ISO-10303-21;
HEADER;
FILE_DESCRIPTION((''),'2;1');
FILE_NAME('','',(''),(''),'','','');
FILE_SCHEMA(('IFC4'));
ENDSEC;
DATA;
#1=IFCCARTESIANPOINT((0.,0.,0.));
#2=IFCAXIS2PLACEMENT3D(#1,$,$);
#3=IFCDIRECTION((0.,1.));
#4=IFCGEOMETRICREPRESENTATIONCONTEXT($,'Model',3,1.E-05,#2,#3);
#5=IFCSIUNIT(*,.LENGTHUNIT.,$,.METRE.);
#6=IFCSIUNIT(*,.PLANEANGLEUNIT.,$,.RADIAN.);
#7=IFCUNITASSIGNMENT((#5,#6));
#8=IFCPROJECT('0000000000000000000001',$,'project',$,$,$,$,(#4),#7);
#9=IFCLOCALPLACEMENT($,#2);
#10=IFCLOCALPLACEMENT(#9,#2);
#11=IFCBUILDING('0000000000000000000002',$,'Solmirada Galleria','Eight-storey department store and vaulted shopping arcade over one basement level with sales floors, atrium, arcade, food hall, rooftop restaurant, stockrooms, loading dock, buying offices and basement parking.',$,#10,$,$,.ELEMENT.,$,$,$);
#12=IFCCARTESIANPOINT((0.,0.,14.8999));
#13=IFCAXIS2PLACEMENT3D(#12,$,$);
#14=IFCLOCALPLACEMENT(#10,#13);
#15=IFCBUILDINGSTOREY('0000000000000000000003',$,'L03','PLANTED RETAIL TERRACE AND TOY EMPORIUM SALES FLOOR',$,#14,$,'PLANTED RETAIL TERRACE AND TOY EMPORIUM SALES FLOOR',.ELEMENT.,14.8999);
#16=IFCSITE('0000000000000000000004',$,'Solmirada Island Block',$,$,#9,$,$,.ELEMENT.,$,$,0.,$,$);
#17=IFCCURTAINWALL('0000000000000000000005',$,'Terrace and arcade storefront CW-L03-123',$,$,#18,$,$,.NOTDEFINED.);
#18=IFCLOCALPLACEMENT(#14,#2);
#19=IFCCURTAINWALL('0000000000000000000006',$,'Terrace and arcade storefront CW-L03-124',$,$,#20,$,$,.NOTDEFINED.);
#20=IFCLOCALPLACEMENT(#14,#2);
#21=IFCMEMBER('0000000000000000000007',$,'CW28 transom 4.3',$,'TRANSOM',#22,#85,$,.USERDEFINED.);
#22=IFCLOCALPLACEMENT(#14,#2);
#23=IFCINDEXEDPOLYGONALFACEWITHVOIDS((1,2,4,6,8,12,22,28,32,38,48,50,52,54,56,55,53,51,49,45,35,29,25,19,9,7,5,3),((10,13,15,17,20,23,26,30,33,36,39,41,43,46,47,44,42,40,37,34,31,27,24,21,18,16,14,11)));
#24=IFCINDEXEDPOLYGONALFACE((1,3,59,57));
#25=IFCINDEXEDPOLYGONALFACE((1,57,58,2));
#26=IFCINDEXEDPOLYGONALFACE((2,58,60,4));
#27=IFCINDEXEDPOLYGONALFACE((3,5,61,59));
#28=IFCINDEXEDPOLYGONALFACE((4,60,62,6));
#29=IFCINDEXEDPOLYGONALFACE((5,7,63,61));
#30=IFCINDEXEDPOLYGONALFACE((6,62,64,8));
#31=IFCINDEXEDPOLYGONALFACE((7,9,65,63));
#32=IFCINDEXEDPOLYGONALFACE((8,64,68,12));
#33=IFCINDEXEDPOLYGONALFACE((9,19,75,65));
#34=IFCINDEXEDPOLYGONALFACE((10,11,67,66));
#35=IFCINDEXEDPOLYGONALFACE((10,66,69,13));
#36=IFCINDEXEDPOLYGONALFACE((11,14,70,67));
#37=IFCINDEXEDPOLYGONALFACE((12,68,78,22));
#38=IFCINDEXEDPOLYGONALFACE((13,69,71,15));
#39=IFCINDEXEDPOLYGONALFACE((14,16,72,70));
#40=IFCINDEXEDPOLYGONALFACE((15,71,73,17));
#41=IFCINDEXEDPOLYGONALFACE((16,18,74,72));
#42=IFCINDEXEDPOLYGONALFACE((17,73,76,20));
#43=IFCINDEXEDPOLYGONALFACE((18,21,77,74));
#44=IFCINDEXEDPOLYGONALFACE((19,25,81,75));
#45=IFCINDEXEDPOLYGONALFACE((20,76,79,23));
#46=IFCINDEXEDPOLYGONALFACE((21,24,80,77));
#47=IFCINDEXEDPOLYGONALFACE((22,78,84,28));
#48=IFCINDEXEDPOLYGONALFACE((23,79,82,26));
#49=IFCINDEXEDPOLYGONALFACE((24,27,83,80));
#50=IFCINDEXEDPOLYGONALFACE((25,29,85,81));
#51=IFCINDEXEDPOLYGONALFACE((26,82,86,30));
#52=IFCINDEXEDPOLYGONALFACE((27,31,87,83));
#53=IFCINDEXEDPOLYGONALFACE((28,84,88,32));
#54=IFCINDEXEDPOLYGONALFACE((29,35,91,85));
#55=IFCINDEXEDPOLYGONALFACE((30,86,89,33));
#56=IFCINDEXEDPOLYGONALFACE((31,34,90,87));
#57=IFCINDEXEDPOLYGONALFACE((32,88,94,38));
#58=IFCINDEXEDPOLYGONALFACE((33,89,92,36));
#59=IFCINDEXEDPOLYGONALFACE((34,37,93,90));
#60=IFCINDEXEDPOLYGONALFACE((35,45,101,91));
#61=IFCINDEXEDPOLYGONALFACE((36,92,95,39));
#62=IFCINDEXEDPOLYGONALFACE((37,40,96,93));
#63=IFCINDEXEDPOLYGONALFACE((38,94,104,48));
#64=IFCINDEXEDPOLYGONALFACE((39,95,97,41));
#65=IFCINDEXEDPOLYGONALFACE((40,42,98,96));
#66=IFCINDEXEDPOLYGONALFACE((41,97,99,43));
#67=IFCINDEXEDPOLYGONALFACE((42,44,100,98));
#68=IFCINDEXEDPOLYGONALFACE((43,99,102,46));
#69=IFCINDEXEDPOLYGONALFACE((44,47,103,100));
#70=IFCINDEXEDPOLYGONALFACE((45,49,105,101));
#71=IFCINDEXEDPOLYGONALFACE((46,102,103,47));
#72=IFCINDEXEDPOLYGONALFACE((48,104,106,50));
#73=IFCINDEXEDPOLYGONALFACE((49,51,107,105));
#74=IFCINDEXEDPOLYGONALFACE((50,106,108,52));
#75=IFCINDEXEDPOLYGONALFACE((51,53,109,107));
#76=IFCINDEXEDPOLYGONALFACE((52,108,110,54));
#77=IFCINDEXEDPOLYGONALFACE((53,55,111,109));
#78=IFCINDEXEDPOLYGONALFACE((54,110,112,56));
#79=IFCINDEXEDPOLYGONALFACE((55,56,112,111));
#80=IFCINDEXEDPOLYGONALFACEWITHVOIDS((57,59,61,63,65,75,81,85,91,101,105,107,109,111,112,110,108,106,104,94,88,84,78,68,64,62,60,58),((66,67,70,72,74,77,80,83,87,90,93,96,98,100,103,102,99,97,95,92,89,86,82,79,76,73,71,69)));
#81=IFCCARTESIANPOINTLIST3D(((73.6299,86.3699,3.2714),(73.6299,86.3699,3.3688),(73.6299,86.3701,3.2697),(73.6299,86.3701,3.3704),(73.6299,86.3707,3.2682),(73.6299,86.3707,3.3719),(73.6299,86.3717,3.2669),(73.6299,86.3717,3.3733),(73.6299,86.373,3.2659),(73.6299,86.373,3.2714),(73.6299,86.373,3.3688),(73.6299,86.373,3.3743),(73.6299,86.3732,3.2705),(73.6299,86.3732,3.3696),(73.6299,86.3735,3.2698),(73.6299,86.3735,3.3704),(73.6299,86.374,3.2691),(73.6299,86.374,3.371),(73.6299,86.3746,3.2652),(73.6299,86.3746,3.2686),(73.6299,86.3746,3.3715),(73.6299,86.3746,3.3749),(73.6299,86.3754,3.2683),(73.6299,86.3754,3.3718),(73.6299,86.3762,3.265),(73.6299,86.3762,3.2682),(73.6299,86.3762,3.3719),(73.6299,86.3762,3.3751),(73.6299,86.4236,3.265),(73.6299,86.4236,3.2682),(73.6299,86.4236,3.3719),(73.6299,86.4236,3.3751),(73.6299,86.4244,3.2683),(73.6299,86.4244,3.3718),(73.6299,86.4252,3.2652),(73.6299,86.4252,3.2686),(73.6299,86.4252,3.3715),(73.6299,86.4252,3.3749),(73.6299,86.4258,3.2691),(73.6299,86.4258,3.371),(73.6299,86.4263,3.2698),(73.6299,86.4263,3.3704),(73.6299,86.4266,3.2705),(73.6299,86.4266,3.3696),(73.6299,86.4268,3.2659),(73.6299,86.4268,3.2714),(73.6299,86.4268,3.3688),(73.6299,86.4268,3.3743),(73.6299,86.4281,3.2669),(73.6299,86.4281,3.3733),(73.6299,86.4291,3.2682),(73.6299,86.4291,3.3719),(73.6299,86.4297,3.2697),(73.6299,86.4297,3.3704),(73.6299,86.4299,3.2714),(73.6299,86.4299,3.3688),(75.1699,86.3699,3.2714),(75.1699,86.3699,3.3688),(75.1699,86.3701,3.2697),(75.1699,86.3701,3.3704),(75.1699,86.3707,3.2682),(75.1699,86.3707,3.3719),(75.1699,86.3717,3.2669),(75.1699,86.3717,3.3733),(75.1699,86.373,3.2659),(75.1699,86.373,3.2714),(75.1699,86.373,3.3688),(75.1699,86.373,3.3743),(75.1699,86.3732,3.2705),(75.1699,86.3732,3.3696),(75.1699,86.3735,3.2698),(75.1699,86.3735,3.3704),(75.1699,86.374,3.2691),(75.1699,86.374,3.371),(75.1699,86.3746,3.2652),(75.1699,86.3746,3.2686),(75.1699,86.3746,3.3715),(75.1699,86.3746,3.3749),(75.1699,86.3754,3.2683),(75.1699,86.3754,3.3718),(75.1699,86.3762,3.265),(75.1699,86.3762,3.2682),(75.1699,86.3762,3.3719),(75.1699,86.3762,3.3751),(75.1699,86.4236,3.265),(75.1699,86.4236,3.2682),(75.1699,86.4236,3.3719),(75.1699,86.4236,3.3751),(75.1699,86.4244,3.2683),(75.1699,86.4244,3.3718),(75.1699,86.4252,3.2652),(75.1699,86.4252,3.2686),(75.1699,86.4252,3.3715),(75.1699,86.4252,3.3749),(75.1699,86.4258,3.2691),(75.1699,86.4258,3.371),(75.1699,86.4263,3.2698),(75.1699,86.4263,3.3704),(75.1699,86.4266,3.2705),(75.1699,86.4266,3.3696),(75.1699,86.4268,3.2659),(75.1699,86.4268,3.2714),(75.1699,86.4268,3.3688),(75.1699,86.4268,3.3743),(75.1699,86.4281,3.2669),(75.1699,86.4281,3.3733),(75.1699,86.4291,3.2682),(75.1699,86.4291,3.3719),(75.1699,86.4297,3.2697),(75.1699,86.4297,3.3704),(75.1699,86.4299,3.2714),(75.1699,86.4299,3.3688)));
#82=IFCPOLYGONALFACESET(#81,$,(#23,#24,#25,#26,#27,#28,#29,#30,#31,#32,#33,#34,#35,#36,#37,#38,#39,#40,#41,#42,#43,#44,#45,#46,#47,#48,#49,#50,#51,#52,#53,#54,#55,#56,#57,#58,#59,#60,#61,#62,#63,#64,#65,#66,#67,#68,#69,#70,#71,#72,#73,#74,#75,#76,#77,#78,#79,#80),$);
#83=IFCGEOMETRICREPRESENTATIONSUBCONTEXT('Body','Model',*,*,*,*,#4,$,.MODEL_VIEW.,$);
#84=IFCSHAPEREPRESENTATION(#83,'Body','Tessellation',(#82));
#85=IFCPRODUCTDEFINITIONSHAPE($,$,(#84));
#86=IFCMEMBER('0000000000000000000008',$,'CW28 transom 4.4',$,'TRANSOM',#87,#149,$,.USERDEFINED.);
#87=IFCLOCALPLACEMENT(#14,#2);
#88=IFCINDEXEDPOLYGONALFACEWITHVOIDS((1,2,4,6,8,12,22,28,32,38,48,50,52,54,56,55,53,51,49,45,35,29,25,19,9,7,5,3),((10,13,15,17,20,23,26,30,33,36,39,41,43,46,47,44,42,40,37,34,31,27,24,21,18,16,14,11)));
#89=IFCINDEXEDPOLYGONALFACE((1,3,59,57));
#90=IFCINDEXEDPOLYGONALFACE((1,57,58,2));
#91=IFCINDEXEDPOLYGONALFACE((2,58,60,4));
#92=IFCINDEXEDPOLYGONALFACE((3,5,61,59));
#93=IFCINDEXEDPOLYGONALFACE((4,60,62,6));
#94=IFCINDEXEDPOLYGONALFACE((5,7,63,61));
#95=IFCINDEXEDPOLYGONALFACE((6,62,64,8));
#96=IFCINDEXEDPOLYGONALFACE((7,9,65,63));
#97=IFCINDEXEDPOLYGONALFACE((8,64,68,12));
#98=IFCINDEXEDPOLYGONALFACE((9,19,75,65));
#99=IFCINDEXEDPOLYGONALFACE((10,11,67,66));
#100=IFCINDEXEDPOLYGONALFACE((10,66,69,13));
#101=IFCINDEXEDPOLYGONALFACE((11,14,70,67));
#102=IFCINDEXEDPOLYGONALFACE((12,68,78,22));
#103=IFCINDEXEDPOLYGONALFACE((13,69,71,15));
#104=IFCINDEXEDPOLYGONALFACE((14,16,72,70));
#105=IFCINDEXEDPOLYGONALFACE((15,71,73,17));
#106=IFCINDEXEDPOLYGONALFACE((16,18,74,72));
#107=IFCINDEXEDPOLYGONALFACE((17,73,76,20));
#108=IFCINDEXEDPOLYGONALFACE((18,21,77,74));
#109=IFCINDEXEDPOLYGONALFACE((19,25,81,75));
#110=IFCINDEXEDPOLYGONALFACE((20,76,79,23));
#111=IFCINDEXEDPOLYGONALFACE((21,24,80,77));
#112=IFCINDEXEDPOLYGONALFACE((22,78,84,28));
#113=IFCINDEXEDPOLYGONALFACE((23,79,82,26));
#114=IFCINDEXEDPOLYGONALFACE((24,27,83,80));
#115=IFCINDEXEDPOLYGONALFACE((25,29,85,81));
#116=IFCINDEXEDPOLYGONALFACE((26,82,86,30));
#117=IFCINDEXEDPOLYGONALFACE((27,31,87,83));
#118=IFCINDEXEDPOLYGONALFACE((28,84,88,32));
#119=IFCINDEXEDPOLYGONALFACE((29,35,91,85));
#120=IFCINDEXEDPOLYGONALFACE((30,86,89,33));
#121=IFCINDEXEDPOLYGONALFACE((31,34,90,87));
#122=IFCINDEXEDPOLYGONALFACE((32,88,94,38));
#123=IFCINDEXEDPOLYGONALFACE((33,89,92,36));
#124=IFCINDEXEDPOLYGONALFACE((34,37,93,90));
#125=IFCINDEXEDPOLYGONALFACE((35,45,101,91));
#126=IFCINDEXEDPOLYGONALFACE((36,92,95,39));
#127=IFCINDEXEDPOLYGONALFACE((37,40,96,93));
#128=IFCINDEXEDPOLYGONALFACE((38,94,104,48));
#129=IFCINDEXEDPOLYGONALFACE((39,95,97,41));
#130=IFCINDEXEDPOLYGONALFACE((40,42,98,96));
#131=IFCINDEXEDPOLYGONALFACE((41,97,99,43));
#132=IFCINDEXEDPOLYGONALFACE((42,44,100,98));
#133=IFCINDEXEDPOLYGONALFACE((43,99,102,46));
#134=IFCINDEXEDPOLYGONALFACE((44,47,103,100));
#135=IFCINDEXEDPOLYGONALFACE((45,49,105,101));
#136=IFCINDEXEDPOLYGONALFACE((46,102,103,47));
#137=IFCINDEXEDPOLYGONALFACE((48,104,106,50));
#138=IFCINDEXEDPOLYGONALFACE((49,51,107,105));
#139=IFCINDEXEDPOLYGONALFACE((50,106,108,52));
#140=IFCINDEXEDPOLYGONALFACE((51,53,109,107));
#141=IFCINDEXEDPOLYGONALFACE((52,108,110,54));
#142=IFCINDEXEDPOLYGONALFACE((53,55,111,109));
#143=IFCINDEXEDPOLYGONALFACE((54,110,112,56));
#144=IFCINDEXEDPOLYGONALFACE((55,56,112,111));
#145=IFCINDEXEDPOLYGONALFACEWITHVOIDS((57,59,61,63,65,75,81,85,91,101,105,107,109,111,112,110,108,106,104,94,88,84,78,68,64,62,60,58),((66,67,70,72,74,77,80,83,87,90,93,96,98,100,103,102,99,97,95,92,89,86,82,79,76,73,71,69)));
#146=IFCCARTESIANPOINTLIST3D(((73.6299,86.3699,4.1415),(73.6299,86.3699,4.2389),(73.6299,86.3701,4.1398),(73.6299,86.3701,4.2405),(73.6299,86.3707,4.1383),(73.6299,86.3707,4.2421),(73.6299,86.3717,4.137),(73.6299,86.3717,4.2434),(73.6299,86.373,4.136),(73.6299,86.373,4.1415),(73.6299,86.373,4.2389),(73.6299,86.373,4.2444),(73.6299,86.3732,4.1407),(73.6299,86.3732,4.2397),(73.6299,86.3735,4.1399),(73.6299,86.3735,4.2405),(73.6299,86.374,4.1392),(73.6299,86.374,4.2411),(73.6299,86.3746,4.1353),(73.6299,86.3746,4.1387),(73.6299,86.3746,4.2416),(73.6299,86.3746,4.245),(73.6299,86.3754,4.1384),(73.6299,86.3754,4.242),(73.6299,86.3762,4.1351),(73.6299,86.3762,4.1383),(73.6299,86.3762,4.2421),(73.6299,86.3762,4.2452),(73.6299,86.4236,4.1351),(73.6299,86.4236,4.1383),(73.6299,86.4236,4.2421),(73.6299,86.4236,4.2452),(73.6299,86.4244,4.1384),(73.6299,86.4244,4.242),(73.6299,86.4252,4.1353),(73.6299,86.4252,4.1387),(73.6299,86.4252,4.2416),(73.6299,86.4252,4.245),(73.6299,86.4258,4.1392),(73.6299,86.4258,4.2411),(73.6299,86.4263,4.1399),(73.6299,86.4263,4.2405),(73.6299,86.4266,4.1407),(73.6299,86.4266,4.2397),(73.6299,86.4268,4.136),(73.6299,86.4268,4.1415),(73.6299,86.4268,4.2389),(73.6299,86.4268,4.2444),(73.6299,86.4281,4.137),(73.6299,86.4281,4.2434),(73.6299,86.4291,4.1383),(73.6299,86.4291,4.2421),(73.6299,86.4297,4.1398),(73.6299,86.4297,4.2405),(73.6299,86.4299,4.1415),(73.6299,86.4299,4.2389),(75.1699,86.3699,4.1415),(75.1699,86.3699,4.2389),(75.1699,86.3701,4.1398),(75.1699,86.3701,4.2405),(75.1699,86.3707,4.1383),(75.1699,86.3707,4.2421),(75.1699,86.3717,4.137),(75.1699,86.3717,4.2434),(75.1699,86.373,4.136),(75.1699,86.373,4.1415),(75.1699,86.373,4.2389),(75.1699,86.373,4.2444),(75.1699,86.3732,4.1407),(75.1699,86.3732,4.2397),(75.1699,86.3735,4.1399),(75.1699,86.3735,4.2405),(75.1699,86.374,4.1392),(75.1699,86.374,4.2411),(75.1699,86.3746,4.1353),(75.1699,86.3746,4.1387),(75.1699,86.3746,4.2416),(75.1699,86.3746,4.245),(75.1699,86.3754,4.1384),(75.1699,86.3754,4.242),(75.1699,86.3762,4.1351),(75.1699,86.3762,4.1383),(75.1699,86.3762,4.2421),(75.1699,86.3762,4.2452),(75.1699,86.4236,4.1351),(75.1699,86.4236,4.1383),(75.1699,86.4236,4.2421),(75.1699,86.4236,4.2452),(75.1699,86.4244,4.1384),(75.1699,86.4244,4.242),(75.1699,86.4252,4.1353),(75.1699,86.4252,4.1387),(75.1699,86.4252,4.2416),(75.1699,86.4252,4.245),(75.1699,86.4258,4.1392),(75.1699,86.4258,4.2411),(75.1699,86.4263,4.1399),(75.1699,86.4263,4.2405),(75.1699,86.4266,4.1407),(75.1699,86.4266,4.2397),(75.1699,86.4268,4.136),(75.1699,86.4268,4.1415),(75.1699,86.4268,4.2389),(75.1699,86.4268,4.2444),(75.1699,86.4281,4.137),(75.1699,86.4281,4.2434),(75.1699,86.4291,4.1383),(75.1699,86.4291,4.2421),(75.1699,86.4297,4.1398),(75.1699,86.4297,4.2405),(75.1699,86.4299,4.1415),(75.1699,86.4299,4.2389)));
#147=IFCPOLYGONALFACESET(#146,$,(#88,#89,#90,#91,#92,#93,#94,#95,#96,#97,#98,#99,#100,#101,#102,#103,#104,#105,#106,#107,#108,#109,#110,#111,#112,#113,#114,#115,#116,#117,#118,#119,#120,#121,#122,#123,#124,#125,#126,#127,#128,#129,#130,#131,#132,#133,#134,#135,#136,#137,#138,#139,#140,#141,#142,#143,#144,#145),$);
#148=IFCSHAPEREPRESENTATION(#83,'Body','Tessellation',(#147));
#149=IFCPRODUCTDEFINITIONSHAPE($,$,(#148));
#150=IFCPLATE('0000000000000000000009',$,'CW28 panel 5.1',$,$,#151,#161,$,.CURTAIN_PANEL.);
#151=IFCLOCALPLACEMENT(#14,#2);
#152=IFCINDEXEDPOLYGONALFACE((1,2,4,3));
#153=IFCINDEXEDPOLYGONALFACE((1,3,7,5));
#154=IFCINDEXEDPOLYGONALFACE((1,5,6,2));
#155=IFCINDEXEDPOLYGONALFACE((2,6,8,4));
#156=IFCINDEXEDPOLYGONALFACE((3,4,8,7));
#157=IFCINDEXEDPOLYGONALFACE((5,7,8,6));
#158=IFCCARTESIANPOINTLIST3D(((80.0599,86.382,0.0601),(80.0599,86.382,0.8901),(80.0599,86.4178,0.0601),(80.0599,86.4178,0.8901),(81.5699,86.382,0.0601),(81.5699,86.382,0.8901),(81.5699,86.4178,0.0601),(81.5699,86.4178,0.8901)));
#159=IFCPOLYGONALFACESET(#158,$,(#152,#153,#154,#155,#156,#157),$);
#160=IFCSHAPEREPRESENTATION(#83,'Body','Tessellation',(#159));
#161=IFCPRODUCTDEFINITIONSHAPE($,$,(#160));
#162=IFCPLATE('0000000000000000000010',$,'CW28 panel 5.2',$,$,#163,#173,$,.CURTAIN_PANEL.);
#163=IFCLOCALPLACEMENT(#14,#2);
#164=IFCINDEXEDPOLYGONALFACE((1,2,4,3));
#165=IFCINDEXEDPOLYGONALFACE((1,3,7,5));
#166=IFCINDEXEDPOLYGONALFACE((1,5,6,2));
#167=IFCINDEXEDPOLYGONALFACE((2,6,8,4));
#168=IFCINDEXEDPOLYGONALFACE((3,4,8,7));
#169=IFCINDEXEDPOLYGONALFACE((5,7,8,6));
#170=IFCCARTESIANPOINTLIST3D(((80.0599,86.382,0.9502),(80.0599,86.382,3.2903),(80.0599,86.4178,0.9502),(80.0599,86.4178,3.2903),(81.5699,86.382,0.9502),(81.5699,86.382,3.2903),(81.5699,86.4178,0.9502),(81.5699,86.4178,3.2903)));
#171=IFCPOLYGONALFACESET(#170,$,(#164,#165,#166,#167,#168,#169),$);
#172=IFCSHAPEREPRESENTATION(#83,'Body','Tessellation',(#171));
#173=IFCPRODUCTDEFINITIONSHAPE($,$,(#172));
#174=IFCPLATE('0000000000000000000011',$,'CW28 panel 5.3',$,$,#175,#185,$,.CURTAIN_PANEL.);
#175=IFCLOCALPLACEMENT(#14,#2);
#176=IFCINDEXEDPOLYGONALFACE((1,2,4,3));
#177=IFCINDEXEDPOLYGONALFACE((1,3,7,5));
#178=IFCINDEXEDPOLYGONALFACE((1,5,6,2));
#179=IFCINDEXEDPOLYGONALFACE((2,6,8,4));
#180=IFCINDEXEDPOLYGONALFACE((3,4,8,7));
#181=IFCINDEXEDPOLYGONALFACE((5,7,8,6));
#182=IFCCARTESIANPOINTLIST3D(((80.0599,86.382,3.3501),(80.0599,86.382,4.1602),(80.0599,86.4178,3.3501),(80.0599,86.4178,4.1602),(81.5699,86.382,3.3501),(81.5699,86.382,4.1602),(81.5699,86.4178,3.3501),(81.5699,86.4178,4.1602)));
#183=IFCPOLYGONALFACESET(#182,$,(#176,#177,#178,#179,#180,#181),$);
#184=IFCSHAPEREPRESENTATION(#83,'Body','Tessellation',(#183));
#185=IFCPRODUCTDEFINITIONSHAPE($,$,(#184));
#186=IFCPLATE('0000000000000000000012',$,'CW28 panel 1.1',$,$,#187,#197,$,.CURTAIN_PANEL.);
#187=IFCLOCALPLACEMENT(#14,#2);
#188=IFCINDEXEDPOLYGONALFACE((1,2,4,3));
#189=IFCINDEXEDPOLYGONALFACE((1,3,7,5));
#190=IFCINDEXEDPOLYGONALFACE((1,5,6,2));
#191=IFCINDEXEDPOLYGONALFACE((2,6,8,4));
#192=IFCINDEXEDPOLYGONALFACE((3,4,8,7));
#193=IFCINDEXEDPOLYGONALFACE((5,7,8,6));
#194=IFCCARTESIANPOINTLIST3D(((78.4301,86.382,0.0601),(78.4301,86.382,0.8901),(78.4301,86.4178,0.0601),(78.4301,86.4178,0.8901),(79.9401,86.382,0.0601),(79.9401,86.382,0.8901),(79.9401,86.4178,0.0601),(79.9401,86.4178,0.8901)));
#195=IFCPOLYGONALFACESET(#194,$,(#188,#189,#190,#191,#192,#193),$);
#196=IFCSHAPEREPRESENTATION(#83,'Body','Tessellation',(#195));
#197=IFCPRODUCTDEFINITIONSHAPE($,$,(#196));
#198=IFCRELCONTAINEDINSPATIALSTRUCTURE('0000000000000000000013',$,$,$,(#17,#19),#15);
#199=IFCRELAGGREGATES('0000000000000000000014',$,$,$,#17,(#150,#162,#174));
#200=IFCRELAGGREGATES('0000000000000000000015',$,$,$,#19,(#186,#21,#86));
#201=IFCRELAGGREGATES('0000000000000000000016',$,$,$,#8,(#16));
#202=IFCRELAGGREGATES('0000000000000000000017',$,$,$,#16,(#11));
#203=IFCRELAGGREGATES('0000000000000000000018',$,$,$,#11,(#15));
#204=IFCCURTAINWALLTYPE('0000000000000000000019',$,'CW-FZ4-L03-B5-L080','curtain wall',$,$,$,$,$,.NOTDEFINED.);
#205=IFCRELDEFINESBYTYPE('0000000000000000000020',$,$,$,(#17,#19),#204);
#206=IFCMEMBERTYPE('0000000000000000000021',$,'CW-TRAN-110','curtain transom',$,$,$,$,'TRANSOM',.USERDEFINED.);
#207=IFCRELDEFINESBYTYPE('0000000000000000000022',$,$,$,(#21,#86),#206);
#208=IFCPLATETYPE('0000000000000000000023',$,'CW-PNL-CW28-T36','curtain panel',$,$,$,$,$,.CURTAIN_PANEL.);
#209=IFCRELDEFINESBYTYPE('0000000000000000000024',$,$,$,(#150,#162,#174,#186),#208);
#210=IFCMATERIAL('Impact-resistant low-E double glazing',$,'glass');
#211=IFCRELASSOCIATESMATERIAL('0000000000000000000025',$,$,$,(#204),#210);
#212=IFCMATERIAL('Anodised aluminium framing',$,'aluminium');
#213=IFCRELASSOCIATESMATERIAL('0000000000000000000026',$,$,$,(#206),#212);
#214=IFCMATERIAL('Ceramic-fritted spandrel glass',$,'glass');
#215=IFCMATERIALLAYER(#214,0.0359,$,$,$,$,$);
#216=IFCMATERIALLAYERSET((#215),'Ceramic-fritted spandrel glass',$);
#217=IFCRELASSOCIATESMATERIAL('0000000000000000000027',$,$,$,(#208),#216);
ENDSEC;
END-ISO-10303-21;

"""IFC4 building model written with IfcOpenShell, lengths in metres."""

from ifc_helpers import new_model, si_unit, direction, frame, origin, origin_2d, place, context, subcontext, project, spatial, rectangle, hollow_rectangle, extrude, material, layer, layer_set, material_profile, profile_set, type_object, element, aggregate, save


model = new_model("IFC4")

# Units and contexts
model_context = context("Model", 3, precision=1e-05, world=origin(), true_north=direction((0.0, 1.0)))
body_context = subcontext(model_context, "Body", "Model", "MODEL_VIEW")
ifc_project = project(units=[si_unit("LENGTHUNIT", "METRE"), si_unit("PLANEANGLEUNIT", "RADIAN")], contexts=[model_context])

# Site, building, storey
site_placement = place(None, origin())
site = spatial("IfcSite", under=ifc_project, at=site_placement, Name="Solmirada Island Block", CompositionType="ELEMENT", RefElevation=0.0)
building_placement = place(site_placement, origin())
building = spatial("IfcBuilding", under=site, at=building_placement, Name="Solmirada Galleria", Description="Eight-storey department store and vaulted shopping arcade over one basement level with sales floors, atrium, arcade, food hall, rooftop restaurant, stockrooms, loading dock, buying offices and basement parking.", CompositionType="ELEMENT")
storey_placement = place(building_placement, frame((0.0, 0.0, 14.8999)))
storey = spatial("IfcBuildingStorey", under=building, at=storey_placement, Name="L03", Description="PLANTED RETAIL TERRACE AND TOY EMPORIUM SALES FLOOR", LongName="PLANTED RETAIL TERRACE AND TOY EMPORIUM SALES FLOOR", CompositionType="ELEMENT", Elevation=14.8999)

# Curtain wall
ifc_material_1 = material(Name="Impact-resistant low-E double glazing", Category="glass")
curtain_wall_type = type_object("IfcCurtainWallType", Name="CW-FZ4-L03-B5-L080", Description="curtain wall", PredefinedType="NOTDEFINED", material=ifc_material_1)
curtain_wall_1_placement = place(storey_placement, origin())
curtain_wall_1 = element("IfcCurtainWall", 1, at=curtain_wall_1_placement, inside=storey, type_object=curtain_wall_type, Name="Terrace and arcade storefront CW-L03-123", PredefinedType="NOTDEFINED")
ifc_material_2 = material(Name="Anodised aluminium framing", Category="aluminium")

# Curtain wall, members
curtain_wall_2_placement = place(storey_placement, origin())
curtain_wall_2 = element("IfcCurtainWall", 2, at=curtain_wall_2_placement, inside=storey, type_object=curtain_wall_type, Name="Terrace and arcade storefront CW-L03-124", PredefinedType="NOTDEFINED")
ifc_material_profile_1 = material_profile(ifc_material_2, hollow_rectangle(XDim=0.0601, YDim=0.1101, WallThickness=0.0032, InnerFilletRadius=0.0032, OuterFilletRadius=0.0063, at=origin_2d()), Name="ALU-TRAN-110X60")
ifc_profile_set_1 = profile_set([ifc_material_profile_1], Name="Anodised aluminium framing")
member_type_1 = type_object("IfcMemberType", Name="CW-TRAN-110", Description="curtain transom", ElementType="TRANSOM", PredefinedType="USERDEFINED", material=ifc_profile_set_1)
member_1_placement = place(storey_placement, frame((75.1699, 86.3999, 3.3201), z_axis=(-1.0, 0.0, 0.0), x_axis=(0.0, -1.0, 0.0)))
member_1 = element("IfcMember", 3, at=member_1_placement, type_object=member_type_1, Name="CW28 transom 4.3", ObjectType="TRANSOM", PredefinedType="USERDEFINED", context=body_context, shape_type="SweptSolid", body=[
    extrude(hollow_rectangle(XDim=0.0601, YDim=0.1101, WallThickness=0.0032, InnerFilletRadius=0.0032, OuterFilletRadius=0.0063, at=origin_2d()), origin(), (0.0, 0.0, 1.0), 1.54),
])
member_2_placement = place(storey_placement, frame((75.1699, 86.3999, 4.1902), z_axis=(-1.0, 0.0, 0.0), x_axis=(0.0, -1.0, 0.0)))
member_2 = element("IfcMember", 4, at=member_2_placement, type_object=member_type_1, Name="CW28 transom 4.4", ObjectType="TRANSOM", PredefinedType="USERDEFINED", context=body_context, shape_type="SweptSolid", body=[
    extrude(hollow_rectangle(XDim=0.0601, YDim=0.1101, WallThickness=0.0032, InnerFilletRadius=0.0032, OuterFilletRadius=0.0063, at=origin_2d()), origin(), (0.0, 0.0, 1.0), 1.54),
])

# Plates
ifc_material_3 = material(Name="Ceramic-fritted spandrel glass", Category="glass")
ifc_layer = layer(ifc_material_3, 0.0359)
ifc_layer_set = layer_set([ifc_layer], Name="Ceramic-fritted spandrel glass")
plate_type = type_object("IfcPlateType", Name="CW-PNL-CW28-T36", Description="curtain panel", PredefinedType="CURTAIN_PANEL", material=ifc_layer_set)
plate_1_placement = place(storey_placement, frame((80.8149, 86.3999, 0.0601), z_axis=(0.0, 0.0, 1.0), x_axis=(-1.0, 0.0, 0.0)))
plate_1 = element("IfcPlate", 5, at=plate_1_placement, type_object=plate_type, Name="CW28 panel 5.1", PredefinedType="CURTAIN_PANEL", context=body_context, shape_type="SweptSolid", body=[
    extrude(rectangle(XDim=1.51, YDim=0.0359, at=origin_2d()), origin(), (0.0, 0.0, 1.0), 0.8301),
])
plate_2_placement = place(storey_placement, frame((80.8149, 86.3999, 0.9502), z_axis=(0.0, 0.0, 1.0), x_axis=(-1.0, 0.0, 0.0)))
plate_2 = element("IfcPlate", 6, at=plate_2_placement, type_object=plate_type, Name="CW28 panel 5.2", PredefinedType="CURTAIN_PANEL", context=body_context, shape_type="SweptSolid", body=[
    extrude(rectangle(XDim=1.51, YDim=0.0359, at=origin_2d()), origin(), (0.0, 0.0, 1.0), 2.3401),
])
plate_3_placement = place(storey_placement, frame((80.8149, 86.3999, 3.3501), z_axis=(0.0, 0.0, 1.0), x_axis=(-1.0, 0.0, 0.0)))
plate_3 = element("IfcPlate", 7, at=plate_3_placement, type_object=plate_type, Name="CW28 panel 5.3", PredefinedType="CURTAIN_PANEL", context=body_context, shape_type="SweptSolid", body=[
    extrude(rectangle(XDim=1.51, YDim=0.0359, at=origin_2d()), origin(), (0.0, 0.0, 1.0), 0.8101),
])
aggregate(curtain_wall_1, [plate_1, plate_2, plate_3])
plate_4_placement = place(storey_placement, frame((79.1851, 86.3999, 0.0601), z_axis=(0.0, 0.0, 1.0), x_axis=(-1.0, 0.0, 0.0)))
plate_4 = element("IfcPlate", 8, at=plate_4_placement, type_object=plate_type, Name="CW28 panel 1.1", PredefinedType="CURTAIN_PANEL", context=body_context, shape_type="SweptSolid", body=[
    extrude(rectangle(XDim=1.51, YDim=0.0359, at=origin_2d()), origin(), (0.0, 0.0, 1.0), 0.8301),
])
aggregate(curtain_wall_2, [plate_4, member_1, member_2])

save(model, "model.ifc")
